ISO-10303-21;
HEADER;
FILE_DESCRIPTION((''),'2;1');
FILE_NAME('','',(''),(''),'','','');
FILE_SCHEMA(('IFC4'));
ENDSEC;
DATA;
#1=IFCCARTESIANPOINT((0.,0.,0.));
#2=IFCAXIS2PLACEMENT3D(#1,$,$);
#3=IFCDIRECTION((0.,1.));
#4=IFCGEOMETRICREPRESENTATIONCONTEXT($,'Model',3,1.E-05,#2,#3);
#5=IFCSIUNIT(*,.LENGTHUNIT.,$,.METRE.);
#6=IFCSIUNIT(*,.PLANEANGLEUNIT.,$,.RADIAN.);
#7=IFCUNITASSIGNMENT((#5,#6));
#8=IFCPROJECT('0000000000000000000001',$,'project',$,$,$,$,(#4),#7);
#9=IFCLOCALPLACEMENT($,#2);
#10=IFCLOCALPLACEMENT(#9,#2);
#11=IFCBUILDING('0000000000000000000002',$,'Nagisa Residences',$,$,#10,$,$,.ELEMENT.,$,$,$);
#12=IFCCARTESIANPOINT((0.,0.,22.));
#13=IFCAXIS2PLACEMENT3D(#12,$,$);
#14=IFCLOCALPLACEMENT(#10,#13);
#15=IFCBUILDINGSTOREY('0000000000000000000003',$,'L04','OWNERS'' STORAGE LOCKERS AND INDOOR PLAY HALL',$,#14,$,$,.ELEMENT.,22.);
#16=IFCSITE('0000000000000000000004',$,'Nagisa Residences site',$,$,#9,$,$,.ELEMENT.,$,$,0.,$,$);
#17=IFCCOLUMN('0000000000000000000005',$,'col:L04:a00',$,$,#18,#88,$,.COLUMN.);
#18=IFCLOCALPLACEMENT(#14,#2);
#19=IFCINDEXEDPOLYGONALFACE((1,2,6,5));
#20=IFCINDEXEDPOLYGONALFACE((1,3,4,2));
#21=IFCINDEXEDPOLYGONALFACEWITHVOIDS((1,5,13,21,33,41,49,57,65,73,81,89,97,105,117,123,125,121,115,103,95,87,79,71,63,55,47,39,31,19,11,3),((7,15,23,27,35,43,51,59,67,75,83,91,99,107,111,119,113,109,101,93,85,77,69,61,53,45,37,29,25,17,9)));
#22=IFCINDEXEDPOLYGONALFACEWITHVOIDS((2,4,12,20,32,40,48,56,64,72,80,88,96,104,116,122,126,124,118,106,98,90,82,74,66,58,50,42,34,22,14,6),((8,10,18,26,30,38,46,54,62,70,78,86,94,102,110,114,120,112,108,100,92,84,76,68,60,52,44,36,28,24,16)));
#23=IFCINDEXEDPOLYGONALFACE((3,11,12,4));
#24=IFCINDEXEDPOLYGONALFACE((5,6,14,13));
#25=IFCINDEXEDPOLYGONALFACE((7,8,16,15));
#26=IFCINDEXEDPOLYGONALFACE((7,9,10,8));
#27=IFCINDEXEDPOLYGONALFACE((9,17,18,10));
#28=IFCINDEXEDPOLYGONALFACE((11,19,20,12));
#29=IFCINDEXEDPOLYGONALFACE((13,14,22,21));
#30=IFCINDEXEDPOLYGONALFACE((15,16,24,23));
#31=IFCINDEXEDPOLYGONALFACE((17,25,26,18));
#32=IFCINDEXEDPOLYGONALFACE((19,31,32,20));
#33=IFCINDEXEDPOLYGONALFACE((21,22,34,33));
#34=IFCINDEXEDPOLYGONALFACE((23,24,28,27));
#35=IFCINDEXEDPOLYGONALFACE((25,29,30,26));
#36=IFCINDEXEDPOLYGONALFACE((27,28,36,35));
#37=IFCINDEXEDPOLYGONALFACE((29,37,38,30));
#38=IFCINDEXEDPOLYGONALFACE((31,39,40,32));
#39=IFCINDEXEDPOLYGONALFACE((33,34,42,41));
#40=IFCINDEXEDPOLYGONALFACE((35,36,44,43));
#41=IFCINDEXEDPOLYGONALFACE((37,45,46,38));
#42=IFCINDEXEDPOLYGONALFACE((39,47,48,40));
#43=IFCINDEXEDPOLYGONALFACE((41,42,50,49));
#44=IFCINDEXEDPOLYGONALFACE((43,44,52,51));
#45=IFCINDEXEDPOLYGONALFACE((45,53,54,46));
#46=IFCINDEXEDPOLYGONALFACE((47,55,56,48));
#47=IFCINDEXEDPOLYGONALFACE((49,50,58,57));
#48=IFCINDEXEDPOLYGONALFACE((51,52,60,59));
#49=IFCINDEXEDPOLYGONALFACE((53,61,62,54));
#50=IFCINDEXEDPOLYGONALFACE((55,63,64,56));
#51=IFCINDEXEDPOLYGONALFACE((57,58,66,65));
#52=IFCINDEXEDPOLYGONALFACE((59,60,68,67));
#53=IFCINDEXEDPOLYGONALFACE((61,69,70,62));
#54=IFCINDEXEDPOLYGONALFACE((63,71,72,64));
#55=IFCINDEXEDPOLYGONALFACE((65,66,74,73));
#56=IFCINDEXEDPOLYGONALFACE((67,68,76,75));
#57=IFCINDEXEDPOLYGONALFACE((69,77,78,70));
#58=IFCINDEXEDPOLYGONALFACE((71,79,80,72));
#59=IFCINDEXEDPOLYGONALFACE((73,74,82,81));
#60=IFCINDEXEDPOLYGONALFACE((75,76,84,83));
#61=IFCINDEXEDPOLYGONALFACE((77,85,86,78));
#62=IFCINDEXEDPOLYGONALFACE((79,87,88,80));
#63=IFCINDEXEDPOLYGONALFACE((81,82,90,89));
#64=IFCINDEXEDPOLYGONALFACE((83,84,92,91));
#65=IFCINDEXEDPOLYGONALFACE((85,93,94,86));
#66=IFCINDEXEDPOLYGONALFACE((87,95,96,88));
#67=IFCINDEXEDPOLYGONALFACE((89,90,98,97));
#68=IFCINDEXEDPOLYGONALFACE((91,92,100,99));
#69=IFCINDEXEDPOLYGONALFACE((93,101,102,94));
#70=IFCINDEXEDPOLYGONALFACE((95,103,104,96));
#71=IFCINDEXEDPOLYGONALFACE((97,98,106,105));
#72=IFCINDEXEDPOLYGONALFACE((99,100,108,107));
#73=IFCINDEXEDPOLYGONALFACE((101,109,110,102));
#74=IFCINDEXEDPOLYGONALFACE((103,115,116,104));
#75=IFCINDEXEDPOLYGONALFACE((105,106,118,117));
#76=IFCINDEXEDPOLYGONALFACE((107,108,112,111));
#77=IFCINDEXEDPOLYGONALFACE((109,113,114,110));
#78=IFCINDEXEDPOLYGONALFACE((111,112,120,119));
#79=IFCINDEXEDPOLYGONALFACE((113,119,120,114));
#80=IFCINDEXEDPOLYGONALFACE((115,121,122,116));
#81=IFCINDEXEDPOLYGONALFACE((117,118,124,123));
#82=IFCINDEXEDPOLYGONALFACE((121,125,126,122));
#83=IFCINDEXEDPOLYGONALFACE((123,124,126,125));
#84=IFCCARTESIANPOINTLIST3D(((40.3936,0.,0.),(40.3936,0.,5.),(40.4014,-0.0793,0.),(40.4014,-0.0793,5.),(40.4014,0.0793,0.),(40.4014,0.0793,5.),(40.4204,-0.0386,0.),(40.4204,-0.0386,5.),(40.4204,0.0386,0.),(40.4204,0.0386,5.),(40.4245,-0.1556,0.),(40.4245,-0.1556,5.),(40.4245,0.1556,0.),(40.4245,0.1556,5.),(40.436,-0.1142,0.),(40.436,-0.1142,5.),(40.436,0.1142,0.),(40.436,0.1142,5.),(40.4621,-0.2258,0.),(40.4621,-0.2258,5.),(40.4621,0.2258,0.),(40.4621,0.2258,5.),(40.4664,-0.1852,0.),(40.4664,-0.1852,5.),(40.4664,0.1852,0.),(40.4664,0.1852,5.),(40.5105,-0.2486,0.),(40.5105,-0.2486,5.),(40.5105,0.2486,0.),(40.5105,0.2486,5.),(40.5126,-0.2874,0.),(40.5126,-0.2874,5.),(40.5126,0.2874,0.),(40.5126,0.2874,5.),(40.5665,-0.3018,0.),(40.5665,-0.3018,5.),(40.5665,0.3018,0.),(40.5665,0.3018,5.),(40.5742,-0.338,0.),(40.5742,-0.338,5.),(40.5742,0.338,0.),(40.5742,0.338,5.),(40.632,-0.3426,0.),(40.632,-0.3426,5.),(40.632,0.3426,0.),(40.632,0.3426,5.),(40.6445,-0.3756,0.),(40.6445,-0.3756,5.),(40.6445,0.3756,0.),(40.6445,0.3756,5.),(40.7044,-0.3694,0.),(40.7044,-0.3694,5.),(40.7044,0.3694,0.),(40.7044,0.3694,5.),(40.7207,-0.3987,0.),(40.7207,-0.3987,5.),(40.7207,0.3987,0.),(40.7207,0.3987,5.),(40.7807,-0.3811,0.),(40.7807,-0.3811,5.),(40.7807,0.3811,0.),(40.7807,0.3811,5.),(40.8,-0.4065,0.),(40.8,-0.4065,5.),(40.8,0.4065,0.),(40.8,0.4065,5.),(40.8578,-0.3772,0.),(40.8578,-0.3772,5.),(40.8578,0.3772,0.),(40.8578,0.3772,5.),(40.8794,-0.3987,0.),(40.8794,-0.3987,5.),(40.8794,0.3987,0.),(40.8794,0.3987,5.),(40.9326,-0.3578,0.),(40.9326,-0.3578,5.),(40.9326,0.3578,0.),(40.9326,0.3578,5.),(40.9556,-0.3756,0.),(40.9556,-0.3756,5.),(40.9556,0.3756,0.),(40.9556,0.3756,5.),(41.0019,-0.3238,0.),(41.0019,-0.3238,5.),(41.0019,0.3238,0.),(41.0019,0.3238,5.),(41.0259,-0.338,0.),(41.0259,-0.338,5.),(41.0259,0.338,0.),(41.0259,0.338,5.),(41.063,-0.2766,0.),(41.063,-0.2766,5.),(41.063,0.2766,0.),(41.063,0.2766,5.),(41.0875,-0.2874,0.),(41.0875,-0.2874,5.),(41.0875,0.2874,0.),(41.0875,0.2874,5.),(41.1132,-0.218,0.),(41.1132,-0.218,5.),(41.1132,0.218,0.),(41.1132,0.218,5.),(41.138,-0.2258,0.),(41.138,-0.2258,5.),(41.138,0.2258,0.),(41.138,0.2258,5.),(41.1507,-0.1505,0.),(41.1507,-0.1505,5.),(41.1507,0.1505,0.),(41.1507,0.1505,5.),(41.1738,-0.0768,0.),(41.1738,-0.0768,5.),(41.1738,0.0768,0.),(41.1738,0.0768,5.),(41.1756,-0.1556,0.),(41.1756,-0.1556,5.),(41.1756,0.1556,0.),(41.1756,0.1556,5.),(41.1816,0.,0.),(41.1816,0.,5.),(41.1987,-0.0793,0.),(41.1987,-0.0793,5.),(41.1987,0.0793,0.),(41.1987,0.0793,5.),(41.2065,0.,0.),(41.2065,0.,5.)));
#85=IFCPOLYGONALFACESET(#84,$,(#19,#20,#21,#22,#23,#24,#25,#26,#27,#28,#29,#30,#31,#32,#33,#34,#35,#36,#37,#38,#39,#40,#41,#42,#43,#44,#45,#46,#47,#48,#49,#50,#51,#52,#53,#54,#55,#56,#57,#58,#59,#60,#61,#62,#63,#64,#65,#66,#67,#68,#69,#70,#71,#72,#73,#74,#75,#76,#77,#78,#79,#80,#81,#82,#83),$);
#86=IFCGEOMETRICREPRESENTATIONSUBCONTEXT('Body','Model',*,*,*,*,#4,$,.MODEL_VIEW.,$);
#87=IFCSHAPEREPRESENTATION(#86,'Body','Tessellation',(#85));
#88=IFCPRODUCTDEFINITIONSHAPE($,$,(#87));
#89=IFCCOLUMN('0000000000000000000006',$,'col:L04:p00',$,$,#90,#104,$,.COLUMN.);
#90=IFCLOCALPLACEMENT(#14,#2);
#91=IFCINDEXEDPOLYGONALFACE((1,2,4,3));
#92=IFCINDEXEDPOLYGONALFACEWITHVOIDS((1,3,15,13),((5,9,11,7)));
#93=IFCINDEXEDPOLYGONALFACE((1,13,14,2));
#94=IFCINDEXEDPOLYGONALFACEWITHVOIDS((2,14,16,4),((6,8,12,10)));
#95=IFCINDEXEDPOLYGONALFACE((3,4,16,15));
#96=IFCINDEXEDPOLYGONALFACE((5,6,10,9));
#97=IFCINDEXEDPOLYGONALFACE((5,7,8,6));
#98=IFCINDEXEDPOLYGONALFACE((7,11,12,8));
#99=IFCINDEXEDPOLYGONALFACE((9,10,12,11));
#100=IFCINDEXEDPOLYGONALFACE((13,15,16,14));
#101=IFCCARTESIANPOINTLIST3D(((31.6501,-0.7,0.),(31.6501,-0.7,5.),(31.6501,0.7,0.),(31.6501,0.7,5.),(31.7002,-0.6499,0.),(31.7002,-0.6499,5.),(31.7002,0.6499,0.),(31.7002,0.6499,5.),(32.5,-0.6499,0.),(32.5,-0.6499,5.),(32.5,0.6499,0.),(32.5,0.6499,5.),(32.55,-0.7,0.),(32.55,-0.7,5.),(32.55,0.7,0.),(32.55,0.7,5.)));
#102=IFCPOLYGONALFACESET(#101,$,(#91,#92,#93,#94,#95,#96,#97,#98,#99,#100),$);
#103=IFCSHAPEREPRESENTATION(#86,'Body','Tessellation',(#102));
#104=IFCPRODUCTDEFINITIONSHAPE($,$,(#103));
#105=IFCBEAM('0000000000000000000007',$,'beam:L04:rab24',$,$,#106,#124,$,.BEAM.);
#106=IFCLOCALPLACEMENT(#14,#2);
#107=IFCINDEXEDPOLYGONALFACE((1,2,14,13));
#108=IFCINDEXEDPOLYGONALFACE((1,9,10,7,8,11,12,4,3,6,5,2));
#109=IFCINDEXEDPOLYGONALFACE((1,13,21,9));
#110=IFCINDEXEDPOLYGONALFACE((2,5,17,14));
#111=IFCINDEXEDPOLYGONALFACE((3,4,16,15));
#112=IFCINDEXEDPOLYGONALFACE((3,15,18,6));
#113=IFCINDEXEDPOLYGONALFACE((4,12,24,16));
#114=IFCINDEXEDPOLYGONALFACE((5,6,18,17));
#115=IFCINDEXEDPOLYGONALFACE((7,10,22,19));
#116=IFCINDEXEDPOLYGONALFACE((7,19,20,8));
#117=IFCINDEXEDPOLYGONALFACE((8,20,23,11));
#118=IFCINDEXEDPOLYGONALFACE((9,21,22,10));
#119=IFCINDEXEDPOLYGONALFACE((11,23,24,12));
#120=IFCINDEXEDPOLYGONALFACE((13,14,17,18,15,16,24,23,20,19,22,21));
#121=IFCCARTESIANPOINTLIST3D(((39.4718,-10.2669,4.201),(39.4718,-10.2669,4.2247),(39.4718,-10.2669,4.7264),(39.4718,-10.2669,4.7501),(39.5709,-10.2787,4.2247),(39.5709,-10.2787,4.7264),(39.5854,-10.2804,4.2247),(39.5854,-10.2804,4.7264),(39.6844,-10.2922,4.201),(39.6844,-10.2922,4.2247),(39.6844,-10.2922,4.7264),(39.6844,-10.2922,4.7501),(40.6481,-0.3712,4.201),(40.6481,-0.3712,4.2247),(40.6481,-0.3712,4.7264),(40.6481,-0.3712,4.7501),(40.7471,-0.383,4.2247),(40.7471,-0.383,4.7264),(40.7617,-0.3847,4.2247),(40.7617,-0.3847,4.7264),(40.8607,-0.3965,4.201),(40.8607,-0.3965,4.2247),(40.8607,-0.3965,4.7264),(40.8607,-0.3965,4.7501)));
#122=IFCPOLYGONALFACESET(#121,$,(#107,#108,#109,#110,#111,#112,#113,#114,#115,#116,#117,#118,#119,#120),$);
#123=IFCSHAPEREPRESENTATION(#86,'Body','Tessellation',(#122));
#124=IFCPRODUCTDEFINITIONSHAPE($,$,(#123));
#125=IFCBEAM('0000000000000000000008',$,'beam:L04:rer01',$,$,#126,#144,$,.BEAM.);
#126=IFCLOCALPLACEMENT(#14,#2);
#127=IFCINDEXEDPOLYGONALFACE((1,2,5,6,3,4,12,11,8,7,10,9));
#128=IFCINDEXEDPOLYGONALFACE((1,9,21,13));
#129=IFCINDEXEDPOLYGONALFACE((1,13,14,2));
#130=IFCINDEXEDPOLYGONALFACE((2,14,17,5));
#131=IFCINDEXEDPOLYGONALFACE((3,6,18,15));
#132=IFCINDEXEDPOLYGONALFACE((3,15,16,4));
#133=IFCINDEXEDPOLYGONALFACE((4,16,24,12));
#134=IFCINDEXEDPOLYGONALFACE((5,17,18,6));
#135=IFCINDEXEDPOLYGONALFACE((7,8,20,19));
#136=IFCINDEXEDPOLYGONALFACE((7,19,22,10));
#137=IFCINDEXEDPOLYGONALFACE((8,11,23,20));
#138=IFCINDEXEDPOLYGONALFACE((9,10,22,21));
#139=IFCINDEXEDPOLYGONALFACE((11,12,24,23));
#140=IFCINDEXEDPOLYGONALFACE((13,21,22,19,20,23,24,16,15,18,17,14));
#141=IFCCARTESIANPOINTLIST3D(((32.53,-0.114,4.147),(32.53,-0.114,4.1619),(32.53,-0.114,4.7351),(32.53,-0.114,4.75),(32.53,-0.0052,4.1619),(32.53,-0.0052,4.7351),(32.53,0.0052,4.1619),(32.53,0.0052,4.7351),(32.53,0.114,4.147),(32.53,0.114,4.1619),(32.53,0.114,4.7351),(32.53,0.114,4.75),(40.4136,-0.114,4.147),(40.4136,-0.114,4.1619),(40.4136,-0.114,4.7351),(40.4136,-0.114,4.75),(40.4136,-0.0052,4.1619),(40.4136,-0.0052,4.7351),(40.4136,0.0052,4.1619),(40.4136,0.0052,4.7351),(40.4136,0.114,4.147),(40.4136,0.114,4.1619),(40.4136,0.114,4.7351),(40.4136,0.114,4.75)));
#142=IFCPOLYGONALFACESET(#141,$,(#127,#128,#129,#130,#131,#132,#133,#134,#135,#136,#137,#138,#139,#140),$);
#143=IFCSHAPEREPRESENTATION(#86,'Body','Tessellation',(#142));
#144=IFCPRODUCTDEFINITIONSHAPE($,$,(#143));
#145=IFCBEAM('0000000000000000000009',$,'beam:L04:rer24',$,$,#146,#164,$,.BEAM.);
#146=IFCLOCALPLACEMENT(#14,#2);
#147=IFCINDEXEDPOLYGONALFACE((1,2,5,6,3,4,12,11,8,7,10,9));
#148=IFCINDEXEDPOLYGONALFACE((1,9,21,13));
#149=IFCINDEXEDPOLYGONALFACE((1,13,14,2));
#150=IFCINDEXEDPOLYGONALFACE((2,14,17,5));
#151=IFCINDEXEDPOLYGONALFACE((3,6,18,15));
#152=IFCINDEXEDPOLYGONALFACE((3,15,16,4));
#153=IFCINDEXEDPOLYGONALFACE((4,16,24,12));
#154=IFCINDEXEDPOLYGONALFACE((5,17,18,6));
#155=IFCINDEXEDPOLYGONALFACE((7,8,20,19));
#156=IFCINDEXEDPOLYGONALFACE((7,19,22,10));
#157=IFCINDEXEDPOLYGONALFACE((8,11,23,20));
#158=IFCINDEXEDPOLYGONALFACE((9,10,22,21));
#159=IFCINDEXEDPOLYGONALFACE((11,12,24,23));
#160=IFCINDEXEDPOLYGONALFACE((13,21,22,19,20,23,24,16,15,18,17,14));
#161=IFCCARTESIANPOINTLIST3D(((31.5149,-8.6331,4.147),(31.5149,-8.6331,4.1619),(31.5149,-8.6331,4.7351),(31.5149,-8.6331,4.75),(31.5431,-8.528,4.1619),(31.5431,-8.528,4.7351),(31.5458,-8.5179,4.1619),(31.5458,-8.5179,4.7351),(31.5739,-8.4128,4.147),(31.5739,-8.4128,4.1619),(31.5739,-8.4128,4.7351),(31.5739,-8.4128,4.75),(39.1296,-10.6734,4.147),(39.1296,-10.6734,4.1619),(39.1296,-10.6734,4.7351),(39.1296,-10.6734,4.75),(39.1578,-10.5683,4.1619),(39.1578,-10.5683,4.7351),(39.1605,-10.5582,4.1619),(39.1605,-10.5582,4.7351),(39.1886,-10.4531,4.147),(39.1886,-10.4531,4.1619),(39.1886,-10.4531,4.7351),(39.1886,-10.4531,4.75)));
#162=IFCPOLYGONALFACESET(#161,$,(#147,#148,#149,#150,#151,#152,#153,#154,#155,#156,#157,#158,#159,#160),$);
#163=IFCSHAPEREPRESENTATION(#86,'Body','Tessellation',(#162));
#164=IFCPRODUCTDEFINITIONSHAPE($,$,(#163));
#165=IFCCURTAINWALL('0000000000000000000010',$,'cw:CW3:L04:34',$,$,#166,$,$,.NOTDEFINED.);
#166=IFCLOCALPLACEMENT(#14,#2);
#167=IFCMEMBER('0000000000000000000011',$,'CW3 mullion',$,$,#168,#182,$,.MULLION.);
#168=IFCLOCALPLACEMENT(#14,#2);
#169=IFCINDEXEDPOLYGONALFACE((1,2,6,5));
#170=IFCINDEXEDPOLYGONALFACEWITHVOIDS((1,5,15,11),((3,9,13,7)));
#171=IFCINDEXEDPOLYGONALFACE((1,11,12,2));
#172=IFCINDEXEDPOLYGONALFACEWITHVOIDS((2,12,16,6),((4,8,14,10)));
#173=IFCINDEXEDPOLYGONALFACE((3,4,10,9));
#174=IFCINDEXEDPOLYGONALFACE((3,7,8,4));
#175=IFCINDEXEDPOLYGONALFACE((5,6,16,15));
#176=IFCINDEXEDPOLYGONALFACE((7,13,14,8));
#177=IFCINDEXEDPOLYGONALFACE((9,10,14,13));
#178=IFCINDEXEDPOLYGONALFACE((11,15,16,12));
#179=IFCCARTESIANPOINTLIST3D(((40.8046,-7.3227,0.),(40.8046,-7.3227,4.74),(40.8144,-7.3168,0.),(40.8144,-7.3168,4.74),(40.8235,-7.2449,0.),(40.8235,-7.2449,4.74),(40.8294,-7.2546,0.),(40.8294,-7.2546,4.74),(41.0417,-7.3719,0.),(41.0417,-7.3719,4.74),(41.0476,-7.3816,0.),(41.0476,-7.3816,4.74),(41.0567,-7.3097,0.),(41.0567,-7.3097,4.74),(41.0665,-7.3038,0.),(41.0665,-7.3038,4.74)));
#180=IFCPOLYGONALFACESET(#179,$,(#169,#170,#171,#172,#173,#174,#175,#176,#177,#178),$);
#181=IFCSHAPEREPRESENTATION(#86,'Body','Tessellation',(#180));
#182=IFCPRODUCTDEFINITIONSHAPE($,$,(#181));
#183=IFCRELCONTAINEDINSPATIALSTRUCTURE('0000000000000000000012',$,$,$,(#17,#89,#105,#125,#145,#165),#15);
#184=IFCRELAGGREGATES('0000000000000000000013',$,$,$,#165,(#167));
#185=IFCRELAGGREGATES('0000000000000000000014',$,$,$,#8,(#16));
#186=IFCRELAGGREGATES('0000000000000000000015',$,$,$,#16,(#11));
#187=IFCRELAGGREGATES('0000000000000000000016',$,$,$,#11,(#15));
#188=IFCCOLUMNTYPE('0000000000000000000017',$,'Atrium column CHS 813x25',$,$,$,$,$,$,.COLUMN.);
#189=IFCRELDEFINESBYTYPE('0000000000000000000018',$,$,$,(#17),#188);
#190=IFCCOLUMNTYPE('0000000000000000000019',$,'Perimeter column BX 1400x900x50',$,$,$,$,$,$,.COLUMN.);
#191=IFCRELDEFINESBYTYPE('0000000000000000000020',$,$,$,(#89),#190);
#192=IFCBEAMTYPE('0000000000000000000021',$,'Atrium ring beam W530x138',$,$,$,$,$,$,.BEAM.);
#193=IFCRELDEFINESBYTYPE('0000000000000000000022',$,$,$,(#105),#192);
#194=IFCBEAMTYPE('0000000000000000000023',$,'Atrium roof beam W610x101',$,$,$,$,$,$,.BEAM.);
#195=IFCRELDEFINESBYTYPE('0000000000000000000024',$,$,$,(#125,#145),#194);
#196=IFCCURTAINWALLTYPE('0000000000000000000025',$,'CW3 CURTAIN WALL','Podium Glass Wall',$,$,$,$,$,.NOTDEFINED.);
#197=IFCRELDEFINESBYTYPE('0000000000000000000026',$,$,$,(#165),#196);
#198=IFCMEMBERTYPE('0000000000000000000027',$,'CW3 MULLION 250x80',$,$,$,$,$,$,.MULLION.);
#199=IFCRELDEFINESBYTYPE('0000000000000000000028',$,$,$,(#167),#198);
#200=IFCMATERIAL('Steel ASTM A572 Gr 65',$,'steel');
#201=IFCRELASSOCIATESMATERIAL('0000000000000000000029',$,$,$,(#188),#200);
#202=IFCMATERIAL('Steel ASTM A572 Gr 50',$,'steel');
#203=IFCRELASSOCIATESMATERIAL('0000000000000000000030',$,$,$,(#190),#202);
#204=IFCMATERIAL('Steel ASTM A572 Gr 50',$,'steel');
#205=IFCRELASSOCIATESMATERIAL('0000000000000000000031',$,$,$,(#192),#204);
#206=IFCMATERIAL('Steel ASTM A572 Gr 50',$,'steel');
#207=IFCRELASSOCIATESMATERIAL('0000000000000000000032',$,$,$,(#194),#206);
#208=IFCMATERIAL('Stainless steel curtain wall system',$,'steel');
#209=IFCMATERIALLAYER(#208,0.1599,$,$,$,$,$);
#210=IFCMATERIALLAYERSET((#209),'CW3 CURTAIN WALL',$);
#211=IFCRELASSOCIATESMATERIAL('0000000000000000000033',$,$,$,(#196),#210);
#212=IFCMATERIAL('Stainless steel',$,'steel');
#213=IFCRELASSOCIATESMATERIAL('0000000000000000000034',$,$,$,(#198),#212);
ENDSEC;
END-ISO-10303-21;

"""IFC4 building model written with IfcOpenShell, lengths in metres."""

from ifc_helpers import new_model, si_unit, direction, frame, origin, origin_2d, place, context, subcontext, project, spatial, hollow_rectangle, hollow_circle, i_section, extrude, material, layer, layer_set, material_profile, profile_set, type_object, element, aggregate, save


model = new_model("IFC4")

# Units and contexts
model_context = context("Model", 3, precision=1e-05, world=origin(), true_north=direction((0.0, 1.0)))
body_context = subcontext(model_context, "Body", "Model", "MODEL_VIEW")
ifc_project = project(units=[si_unit("LENGTHUNIT", "METRE"), si_unit("PLANEANGLEUNIT", "RADIAN")], contexts=[model_context])

# Site, building, storey
site_placement = place(None, origin())
site = spatial("IfcSite", under=ifc_project, at=site_placement, Name="Nagisa Residences site", CompositionType="ELEMENT", RefElevation=0.0)
building_placement = place(site_placement, origin())
building = spatial("IfcBuilding", under=site, at=building_placement, Name="Nagisa Residences", CompositionType="ELEMENT")
storey_placement = place(building_placement, frame((0.0, 0.0, 22.0)))
storey = spatial("IfcBuildingStorey", under=building, at=storey_placement, Name="L04", Description="OWNERS' STORAGE LOCKERS AND INDOOR PLAY HALL", CompositionType="ELEMENT", Elevation=22.0)

# Columns
ifc_material_1 = material(Name="Steel ASTM A572 Gr 65", Category="steel")
ifc_material_profile_1 = material_profile(ifc_material_1, hollow_circle(Radius=0.4065, WallThickness=0.0249, at=origin_2d()), Name="CHS 813x25")
ifc_profile_set_1 = profile_set([ifc_material_profile_1], Name="Steel ASTM A572 Gr 65")
column_type_1 = type_object("IfcColumnType", Name="Atrium column CHS 813x25", PredefinedType="COLUMN", material=ifc_profile_set_1)
column_1_placement = place(storey_placement, frame((40.8, 0.0, 0.0), z_axis=(0.0, 0.0, 1.0), x_axis=(1.0, 0.0, 0.0)))
element("IfcColumn", 1, at=column_1_placement, inside=storey, type_object=column_type_1, Name="col:L04:a00", PredefinedType="COLUMN", context=body_context, shape_type="SweptSolid", body=[
    extrude(hollow_circle(Radius=0.4065, WallThickness=0.0249, at=origin_2d()), origin(), (0.0, 0.0, 1.0), 5.0),
])
ifc_material_2 = material(Name="Steel ASTM A572 Gr 50", Category="steel")
ifc_material_profile_2 = material_profile(ifc_material_2, hollow_rectangle(XDim=1.3999, YDim=0.8999, WallThickness=0.05, at=origin_2d()), Name="BX 1400x900x50")
ifc_profile_set_2 = profile_set([ifc_material_profile_2], Name="Steel ASTM A572 Gr 50")
column_type_2 = type_object("IfcColumnType", Name="Perimeter column BX 1400x900x50", PredefinedType="COLUMN", material=ifc_profile_set_2)
column_2_placement = place(storey_placement, frame((32.1001, 0.0, 0.0), z_axis=(0.0, 0.0, 1.0), x_axis=(0.0, 1.0, 0.0)))
element("IfcColumn", 2, at=column_2_placement, inside=storey, type_object=column_type_2, Name="col:L04:p00", PredefinedType="COLUMN", context=body_context, shape_type="SweptSolid", body=[
    extrude(hollow_rectangle(XDim=1.3999, YDim=0.8999, WallThickness=0.05, at=origin_2d()), origin(), (0.0, 0.0, 1.0), 5.0),
])

# Beams
ifc_material_3 = material(Name="Steel ASTM A572 Gr 50", Category="steel")
ifc_material_profile_3 = material_profile(ifc_material_3, i_section(OverallWidth=0.2141, OverallDepth=0.5491, WebThickness=0.0146, FlangeThickness=0.0237, at=origin_2d()), Name="W530x138")
ifc_profile_set_3 = profile_set([ifc_material_profile_3], Name="Steel ASTM A572 Gr 50")
beam_type_1 = type_object("IfcBeamType", Name="Atrium ring beam W530x138", PredefinedType="BEAM", material=ifc_profile_set_3)
beam_1_placement = place(storey_placement, frame((39.5781, -10.2795, 4.4756), z_axis=(0.118035, 0.993009, 0.0), x_axis=(-0.993009, 0.118035, 0.0)))
element("IfcBeam", 3, at=beam_1_placement, inside=storey, type_object=beam_type_1, Name="beam:L04:rab24", PredefinedType="BEAM", context=body_context, shape_type="SweptSolid", body=[
    extrude(i_section(OverallWidth=0.2141, OverallDepth=0.5491, WebThickness=0.0146, FlangeThickness=0.0237, at=origin_2d()), origin(), (0.0, 0.0, 1.0), 9.9653),
])
ifc_material_4 = material(Name="Steel ASTM A572 Gr 50", Category="steel")
ifc_material_profile_4 = material_profile(ifc_material_4, i_section(OverallWidth=0.228, OverallDepth=0.603, WebThickness=0.0105, FlangeThickness=0.0149, at=origin_2d()), Name="W610x101")
ifc_profile_set_4 = profile_set([ifc_material_profile_4], Name="Steel ASTM A572 Gr 50")
beam_type_2 = type_object("IfcBeamType", Name="Atrium roof beam W610x101", PredefinedType="BEAM", material=ifc_profile_set_4)
beam_2_placement = place(storey_placement, frame((32.53, 0.0, 4.4485), z_axis=(1.0, 0.0, 0.0), x_axis=(0.0, 1.0, 0.0)))
element("IfcBeam", 4, at=beam_2_placement, inside=storey, type_object=beam_type_2, Name="beam:L04:rer01", PredefinedType="BEAM", context=body_context, shape_type="SweptSolid", body=[
    extrude(i_section(OverallWidth=0.228, OverallDepth=0.603, WebThickness=0.0105, FlangeThickness=0.0149, at=origin_2d()), origin(), (0.0, 0.0, 1.0), 7.8835),
])
beam_3_placement = place(storey_placement, frame((31.5444, -8.5229, 4.4485), z_axis=(0.965928, -0.258809, 0.0), x_axis=(0.258809, 0.965928, 0.0)))
element("IfcBeam", 5, at=beam_3_placement, inside=storey, type_object=beam_type_2, Name="beam:L04:rer24", PredefinedType="BEAM", context=body_context, shape_type="SweptSolid", body=[
    extrude(i_section(OverallWidth=0.228, OverallDepth=0.603, WebThickness=0.0105, FlangeThickness=0.0149, at=origin_2d()), origin(), (0.0, 0.0, 1.0), 7.8833),
])

# Curtain wall, member
ifc_material_5 = material(Name="Stainless steel curtain wall system", Category="steel")
ifc_layer_1 = layer(ifc_material_5, 0.1599)
ifc_layer_set_1 = layer_set([ifc_layer_1], Name="CW3 CURTAIN WALL")
curtain_wall_type_1 = type_object("IfcCurtainWallType", Name="CW3 CURTAIN WALL", Description="Podium Glass Wall", PredefinedType="NOTDEFINED", material=ifc_layer_set_1)
curtain_wall_1_placement = place(storey_placement, origin())
curtain_wall_1 = element("IfcCurtainWall", 6, at=curtain_wall_1_placement, inside=storey, type_object=curtain_wall_type_1, Name="cw:CW3:L04:34", PredefinedType="NOTDEFINED")
ifc_material_6 = material(Name="Stainless steel", Category="steel")
ifc_material_profile_5 = material_profile(ifc_material_6, hollow_rectangle(XDim=0.25, YDim=0.0801, WallThickness=0.0081, at=origin_2d()), Name="CW3 MULLION 250x80")
ifc_profile_set_5 = profile_set([ifc_material_profile_5], Name="Stainless steel")
member_type_1 = type_object("IfcMemberType", Name="CW3 MULLION 250x80", PredefinedType="MULLION", material=ifc_profile_set_5)
member_1_placement = place(storey_placement, frame((40.9355, -7.3132, 0.0), z_axis=(0.0, 0.0, 1.0), x_axis=(-0.971849, 0.235606, 0.0)))
member_1 = element("IfcMember", 7, at=member_1_placement, type_object=member_type_1, Name="CW3 mullion", PredefinedType="MULLION", context=body_context, shape_type="SweptSolid", body=[
    extrude(hollow_rectangle(XDim=0.25, YDim=0.0801, WallThickness=0.0081, at=origin_2d()), origin(), (0.0, 0.0, 1.0), 4.74),
])

aggregate(curtain_wall_1, [member_1])

save(model, "model.ifc")
